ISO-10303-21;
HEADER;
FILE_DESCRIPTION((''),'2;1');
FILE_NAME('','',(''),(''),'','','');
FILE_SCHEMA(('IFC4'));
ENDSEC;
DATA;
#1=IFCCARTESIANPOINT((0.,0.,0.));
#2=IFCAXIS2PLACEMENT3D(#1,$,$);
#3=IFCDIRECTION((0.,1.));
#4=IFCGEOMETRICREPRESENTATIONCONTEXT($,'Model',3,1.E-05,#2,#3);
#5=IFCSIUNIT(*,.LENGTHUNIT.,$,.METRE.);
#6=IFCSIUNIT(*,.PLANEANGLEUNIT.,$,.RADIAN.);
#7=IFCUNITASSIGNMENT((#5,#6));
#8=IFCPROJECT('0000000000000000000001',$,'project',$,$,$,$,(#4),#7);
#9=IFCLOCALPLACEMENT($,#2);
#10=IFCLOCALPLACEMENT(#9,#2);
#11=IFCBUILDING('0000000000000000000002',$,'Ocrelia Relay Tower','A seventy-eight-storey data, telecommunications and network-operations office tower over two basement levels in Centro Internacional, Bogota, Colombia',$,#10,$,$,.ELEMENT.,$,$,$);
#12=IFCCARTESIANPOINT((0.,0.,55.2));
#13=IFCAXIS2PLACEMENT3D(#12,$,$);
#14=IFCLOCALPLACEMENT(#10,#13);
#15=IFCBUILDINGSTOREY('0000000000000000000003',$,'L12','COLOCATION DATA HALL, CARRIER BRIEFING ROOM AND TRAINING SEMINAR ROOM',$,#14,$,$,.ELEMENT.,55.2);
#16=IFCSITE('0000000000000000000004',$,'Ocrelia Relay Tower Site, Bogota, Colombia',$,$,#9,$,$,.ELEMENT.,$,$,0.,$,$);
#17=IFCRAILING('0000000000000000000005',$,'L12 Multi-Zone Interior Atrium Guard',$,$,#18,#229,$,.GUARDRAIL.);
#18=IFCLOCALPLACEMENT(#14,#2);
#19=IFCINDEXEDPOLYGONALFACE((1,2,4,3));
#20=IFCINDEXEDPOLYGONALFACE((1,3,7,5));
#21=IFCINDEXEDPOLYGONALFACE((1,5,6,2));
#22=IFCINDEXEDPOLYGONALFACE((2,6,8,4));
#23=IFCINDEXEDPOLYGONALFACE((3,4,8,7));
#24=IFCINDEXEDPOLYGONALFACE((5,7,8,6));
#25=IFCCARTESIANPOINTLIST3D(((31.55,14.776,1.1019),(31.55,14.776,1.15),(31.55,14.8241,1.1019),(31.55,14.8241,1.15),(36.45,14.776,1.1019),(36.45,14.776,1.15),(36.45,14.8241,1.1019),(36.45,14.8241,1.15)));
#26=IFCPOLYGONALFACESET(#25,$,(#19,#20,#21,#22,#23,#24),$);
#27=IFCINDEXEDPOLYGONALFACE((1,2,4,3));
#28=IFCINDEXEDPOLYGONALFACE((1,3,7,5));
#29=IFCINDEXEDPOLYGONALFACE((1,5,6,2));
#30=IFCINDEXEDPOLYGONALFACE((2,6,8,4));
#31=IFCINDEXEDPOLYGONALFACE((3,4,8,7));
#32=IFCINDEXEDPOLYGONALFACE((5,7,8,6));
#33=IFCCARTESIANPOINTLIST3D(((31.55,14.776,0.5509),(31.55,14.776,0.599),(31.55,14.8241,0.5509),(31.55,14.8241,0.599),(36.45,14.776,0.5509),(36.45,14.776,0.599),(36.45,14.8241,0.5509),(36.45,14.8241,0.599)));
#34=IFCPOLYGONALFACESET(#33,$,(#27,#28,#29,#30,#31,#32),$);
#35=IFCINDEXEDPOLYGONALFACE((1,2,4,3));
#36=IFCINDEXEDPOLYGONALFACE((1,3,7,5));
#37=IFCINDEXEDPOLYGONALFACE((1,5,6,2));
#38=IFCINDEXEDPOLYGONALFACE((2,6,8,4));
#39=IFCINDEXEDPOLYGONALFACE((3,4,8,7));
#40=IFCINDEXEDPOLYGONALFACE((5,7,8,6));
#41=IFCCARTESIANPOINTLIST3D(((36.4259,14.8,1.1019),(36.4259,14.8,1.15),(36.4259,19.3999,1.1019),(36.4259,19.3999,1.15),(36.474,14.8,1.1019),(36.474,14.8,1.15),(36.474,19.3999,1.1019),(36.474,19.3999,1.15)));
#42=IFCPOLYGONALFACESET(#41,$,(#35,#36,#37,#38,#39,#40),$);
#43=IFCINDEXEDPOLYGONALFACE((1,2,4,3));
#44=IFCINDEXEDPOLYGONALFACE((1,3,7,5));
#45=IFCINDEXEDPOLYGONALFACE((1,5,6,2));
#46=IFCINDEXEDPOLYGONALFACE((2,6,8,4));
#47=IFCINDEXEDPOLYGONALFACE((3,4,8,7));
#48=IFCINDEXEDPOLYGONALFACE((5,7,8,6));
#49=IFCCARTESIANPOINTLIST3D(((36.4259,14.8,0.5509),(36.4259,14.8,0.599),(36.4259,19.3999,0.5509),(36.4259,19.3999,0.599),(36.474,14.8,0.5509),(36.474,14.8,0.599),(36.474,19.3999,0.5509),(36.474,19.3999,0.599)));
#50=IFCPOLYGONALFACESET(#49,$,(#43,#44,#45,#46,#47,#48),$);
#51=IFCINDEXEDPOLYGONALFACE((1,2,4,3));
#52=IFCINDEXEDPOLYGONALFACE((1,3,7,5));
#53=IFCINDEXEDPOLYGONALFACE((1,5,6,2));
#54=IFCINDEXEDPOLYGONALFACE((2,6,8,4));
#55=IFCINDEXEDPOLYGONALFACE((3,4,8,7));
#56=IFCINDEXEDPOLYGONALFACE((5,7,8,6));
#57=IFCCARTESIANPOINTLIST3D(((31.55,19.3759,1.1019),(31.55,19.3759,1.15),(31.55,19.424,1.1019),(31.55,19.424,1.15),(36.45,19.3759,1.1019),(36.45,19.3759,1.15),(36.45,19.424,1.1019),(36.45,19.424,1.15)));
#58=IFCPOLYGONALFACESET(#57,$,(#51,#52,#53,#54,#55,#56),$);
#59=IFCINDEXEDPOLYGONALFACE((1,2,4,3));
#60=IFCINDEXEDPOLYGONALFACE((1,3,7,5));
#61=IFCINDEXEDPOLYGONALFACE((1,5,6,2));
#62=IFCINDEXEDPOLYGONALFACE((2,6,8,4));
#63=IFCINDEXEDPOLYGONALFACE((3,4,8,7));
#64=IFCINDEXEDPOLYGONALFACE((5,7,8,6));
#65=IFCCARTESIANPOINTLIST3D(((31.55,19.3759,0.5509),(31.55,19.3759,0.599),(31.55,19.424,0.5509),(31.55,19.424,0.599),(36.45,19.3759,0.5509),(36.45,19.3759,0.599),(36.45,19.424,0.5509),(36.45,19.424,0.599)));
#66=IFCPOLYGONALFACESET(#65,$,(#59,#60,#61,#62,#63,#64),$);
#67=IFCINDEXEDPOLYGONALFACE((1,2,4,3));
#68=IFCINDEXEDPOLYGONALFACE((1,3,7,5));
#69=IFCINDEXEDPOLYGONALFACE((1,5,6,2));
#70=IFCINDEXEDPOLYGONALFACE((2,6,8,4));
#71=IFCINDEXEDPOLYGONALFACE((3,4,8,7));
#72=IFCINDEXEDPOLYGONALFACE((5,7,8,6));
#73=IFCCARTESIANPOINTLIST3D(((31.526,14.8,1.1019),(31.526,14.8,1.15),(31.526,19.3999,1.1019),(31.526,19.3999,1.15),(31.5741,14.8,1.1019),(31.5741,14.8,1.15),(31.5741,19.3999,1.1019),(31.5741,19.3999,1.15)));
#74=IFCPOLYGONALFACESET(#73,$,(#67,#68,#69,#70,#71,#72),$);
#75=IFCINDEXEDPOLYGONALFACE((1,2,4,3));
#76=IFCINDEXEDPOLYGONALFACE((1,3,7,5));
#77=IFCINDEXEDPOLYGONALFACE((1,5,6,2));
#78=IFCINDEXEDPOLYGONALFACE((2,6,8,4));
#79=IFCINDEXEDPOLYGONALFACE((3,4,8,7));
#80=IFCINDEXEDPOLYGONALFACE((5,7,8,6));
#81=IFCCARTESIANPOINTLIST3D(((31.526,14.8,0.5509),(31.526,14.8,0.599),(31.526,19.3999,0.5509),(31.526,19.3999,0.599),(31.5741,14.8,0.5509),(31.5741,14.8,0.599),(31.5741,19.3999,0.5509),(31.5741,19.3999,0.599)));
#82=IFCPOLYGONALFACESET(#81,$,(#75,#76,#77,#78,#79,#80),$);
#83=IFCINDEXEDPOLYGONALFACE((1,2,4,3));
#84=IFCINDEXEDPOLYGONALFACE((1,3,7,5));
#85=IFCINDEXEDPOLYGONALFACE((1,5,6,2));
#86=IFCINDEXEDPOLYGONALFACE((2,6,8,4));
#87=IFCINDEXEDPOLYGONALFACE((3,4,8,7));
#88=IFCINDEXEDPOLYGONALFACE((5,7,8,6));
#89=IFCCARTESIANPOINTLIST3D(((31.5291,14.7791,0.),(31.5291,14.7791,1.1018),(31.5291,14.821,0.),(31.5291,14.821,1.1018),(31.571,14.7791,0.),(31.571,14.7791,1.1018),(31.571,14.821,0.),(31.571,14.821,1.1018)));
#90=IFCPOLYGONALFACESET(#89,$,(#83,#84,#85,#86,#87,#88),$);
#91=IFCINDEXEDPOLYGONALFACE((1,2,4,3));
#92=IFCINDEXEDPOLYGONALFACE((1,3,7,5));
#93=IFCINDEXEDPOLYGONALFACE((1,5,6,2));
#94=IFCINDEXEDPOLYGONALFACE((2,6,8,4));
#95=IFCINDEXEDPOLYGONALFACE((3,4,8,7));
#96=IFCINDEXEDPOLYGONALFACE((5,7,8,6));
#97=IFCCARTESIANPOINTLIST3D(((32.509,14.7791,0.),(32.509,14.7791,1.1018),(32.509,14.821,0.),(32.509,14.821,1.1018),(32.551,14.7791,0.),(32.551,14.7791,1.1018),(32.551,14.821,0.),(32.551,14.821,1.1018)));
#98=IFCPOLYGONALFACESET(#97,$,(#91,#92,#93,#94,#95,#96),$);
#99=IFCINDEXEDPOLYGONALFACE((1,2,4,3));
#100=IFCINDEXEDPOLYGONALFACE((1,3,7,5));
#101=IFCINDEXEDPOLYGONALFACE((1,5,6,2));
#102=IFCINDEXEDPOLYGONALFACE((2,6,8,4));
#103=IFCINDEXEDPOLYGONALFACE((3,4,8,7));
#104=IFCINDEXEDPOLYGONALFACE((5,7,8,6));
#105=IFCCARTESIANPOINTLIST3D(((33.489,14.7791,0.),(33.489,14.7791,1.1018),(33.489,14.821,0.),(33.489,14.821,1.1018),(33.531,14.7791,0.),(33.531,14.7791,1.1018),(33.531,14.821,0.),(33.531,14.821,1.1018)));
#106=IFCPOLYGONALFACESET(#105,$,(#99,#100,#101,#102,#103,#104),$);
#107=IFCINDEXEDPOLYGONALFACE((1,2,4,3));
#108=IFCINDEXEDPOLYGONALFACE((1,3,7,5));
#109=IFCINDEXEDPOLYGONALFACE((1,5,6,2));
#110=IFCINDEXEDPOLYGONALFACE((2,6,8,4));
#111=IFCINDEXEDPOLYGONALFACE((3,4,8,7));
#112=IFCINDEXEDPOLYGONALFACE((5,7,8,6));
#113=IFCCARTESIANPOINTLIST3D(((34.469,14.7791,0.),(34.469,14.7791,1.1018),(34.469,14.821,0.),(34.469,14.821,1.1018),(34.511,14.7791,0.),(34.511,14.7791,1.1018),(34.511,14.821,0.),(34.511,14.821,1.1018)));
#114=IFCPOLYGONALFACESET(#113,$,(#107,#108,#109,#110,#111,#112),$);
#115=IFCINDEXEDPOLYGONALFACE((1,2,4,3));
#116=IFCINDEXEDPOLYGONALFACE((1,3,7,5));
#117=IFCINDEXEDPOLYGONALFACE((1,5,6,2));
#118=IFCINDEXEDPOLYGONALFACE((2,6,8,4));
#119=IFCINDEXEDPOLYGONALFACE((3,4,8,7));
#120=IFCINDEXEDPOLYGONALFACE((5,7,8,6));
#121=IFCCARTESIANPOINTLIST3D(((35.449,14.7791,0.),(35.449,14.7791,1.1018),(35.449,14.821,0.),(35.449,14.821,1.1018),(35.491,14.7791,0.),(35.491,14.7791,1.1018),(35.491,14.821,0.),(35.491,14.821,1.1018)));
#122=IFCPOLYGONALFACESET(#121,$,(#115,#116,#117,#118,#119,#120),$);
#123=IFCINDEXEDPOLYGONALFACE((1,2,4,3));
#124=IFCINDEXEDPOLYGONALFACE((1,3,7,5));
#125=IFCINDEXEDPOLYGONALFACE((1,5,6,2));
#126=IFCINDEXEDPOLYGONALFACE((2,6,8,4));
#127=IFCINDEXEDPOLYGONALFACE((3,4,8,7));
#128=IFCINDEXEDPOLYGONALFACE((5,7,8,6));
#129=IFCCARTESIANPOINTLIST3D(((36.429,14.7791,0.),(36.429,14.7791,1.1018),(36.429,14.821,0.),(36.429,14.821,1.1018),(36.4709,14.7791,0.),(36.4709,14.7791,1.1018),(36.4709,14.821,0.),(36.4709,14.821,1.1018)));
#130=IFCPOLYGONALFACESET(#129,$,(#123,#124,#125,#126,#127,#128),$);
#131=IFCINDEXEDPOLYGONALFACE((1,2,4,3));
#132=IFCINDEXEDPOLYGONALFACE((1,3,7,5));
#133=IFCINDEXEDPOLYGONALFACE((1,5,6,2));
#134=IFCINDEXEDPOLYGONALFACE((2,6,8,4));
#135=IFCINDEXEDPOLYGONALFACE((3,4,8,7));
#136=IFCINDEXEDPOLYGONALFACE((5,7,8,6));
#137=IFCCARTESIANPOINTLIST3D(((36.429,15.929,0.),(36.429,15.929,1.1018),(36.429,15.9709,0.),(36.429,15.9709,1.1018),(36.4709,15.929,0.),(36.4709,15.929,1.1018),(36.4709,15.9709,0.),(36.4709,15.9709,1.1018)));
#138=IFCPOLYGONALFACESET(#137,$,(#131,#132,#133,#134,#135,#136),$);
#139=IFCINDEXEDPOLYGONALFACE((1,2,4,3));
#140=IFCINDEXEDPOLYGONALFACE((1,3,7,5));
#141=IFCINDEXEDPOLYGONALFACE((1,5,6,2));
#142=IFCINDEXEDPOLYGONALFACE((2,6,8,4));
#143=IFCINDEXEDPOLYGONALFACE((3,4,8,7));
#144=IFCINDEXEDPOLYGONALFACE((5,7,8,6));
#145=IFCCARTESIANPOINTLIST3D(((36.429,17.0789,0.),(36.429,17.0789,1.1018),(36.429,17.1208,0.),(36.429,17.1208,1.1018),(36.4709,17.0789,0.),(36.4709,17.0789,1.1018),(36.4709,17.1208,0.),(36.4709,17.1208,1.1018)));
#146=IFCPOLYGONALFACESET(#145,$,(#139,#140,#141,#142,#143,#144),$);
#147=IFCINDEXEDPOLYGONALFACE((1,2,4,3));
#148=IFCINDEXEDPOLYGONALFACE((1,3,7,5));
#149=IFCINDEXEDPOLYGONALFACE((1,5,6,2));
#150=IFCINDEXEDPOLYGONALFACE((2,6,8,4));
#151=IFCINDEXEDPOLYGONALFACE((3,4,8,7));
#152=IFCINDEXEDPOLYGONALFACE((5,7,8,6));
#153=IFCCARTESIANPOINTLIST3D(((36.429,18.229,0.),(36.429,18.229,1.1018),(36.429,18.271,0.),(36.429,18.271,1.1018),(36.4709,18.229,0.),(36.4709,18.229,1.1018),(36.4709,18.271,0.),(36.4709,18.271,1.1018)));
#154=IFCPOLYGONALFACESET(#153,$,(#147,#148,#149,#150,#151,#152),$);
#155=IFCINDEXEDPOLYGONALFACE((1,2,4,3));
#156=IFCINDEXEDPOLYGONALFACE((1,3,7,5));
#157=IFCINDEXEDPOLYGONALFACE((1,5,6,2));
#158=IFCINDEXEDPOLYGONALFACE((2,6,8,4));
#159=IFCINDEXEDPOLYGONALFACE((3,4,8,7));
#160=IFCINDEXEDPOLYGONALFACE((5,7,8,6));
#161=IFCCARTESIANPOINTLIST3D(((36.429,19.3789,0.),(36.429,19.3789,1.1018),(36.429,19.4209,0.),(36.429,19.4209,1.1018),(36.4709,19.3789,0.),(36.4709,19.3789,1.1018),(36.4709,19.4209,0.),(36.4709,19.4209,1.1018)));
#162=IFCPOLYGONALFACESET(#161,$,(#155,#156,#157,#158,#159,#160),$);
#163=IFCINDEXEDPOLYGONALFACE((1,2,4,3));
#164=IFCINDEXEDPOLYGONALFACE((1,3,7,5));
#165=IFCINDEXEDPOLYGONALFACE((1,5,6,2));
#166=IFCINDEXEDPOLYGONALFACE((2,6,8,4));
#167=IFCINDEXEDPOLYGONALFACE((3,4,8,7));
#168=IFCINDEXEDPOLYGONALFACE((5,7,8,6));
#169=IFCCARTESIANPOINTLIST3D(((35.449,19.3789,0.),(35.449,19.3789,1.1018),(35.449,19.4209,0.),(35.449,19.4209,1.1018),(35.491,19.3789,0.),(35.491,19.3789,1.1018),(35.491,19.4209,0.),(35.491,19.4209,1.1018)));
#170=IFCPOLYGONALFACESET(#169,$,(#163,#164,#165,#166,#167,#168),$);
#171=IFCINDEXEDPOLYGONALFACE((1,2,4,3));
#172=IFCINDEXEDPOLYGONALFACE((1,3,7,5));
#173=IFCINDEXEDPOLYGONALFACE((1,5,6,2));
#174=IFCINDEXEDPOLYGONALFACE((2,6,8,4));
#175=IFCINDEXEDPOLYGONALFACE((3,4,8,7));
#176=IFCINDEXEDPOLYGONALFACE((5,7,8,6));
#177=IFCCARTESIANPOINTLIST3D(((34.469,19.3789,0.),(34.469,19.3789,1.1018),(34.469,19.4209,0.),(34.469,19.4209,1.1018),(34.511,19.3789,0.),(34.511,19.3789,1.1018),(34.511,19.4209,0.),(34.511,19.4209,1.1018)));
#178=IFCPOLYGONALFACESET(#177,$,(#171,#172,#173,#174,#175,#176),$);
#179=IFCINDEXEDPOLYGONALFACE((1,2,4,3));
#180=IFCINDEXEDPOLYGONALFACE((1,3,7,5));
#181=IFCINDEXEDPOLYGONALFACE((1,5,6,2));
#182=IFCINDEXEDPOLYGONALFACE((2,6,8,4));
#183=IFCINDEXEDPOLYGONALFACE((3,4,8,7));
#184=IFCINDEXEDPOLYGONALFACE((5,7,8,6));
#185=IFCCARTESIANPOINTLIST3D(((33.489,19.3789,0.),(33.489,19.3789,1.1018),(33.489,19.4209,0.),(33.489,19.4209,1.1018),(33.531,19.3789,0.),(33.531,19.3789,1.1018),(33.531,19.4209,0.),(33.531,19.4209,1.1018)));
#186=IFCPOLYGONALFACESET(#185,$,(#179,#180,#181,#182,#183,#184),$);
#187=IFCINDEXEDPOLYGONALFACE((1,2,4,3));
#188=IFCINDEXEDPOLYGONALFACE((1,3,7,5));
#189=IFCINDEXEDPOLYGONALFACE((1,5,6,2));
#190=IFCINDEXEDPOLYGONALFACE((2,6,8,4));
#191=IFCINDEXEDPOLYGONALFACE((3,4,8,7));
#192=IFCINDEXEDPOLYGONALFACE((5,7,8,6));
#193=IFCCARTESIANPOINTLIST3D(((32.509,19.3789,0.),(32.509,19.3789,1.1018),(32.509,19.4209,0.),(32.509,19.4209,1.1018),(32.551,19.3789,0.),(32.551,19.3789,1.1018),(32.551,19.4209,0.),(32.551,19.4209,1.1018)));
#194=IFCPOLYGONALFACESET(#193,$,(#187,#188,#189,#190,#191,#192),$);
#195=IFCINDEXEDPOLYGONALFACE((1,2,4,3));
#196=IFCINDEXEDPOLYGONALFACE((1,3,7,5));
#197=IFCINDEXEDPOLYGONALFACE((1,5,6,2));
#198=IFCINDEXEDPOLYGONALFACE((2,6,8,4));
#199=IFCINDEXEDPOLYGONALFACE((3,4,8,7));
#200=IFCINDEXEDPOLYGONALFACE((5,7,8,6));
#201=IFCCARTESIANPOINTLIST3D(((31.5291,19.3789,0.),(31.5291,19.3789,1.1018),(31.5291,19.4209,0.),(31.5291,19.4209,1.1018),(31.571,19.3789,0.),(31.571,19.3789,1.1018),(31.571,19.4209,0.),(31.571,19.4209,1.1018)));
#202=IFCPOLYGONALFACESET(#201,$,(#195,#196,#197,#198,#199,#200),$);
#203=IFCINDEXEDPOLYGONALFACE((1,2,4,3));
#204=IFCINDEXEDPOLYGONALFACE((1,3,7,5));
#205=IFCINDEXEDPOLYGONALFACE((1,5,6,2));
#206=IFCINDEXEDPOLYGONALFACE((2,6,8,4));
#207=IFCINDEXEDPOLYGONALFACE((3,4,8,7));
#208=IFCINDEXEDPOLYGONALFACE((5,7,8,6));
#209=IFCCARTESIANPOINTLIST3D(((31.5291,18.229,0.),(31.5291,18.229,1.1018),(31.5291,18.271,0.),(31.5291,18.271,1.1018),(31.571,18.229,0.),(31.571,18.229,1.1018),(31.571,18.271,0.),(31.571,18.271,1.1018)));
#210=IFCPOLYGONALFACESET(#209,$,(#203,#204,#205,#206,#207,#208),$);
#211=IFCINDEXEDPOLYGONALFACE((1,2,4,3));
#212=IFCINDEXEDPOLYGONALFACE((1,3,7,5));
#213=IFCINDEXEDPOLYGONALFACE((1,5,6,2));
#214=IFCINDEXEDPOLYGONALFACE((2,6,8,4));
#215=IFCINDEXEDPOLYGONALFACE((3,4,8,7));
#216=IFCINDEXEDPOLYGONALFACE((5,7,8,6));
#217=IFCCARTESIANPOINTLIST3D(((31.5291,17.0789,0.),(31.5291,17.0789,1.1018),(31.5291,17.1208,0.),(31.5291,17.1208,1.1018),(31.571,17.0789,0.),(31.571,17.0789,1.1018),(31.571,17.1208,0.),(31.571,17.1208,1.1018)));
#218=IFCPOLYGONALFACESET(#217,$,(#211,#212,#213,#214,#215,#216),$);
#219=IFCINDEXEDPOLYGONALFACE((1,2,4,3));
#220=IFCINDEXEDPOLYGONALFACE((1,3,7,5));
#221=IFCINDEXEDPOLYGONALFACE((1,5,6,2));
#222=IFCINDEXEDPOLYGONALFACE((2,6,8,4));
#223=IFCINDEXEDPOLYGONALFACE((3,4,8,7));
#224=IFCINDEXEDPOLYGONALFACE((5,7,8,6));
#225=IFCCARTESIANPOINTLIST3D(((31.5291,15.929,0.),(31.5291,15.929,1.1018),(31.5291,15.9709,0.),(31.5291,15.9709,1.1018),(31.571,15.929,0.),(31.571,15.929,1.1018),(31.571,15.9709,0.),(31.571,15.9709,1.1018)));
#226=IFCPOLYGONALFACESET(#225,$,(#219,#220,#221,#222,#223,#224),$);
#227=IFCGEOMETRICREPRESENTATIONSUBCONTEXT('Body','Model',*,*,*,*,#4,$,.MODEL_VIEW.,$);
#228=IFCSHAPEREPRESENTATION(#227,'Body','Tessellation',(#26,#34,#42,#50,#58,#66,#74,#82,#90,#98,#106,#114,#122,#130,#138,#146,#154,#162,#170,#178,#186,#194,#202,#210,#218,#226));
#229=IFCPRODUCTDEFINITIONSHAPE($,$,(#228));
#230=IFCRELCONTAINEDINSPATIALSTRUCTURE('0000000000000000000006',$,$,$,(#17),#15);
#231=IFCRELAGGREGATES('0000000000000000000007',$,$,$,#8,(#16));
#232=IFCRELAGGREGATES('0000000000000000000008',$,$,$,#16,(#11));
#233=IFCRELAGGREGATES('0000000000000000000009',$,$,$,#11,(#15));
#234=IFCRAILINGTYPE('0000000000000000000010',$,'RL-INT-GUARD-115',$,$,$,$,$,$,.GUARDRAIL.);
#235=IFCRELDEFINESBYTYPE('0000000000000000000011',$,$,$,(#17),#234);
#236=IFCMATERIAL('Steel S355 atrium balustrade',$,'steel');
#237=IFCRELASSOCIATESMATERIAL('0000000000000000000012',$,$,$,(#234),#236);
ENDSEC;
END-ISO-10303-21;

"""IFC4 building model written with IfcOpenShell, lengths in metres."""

from ifc_helpers import new_model, si_unit, direction, frame, origin, origin_2d, place, context, subcontext, project, spatial, rectangle, extrude, material, type_object, element, save


model = new_model("IFC4")

# Units and contexts
model_context = context("Model", 3, precision=1e-05, world=origin(), true_north=direction((0.0, 1.0)))
body_context = subcontext(model_context, "Body", "Model", "MODEL_VIEW")
ifc_project = project(units=[si_unit("LENGTHUNIT", "METRE"), si_unit("PLANEANGLEUNIT", "RADIAN")], contexts=[model_context])

# Site, building, storey
site_placement = place(None, origin())
site = spatial("IfcSite", under=ifc_project, at=site_placement, Name="Ocrelia Relay Tower Site, Bogota, Colombia", CompositionType="ELEMENT", RefElevation=0.0)
building_placement = place(site_placement, origin())
building = spatial("IfcBuilding", under=site, at=building_placement, Name="Ocrelia Relay Tower", Description="A seventy-eight-storey data, telecommunications and network-operations office tower over two basement levels in Centro Internacional, Bogota, Colombia", CompositionType="ELEMENT")
storey_placement = place(building_placement, frame((0.0, 0.0, 55.2)))
storey = spatial("IfcBuildingStorey", under=building, at=storey_placement, Name="L12", Description="COLOCATION DATA HALL, CARRIER BRIEFING ROOM AND TRAINING SEMINAR ROOM", CompositionType="ELEMENT", Elevation=55.2)

# Railing
ifc_material_1 = material(Name="Steel S355 atrium balustrade", Category="steel")
railing_type_1 = type_object("IfcRailingType", Name="RL-INT-GUARD-115", PredefinedType="GUARDRAIL", material=ifc_material_1)
railing_1_placement = place(storey_placement, frame((31.55, 14.8, 0.0)))
element("IfcRailing", 1, at=railing_1_placement, inside=storey, type_object=railing_type_1, Name="L12 Multi-Zone Interior Atrium Guard", PredefinedType="GUARDRAIL", context=body_context, shape_type="SweptSolid", body=[
    extrude(rectangle(XDim=0.0481, YDim=0.0481, at=origin_2d()), frame((0.0, 0.0, 1.126), z_axis=(1.0, 0.0, 0.0), x_axis=(0.0, 1.0, 0.0)), (0.0, 0.0, 1.0), 4.8999),
    extrude(rectangle(XDim=0.0481, YDim=0.0481, at=origin_2d()), frame((0.0, 0.0, 0.575), z_axis=(1.0, 0.0, 0.0), x_axis=(0.0, 1.0, 0.0)), (0.0, 0.0, 1.0), 4.8999),
    extrude(rectangle(XDim=0.0481, YDim=0.0481, at=origin_2d()), frame((4.8999, 0.0, 1.126), z_axis=(0.0, 1.0, 0.0), x_axis=(-1.0, 0.0, 0.0)), (0.0, 0.0, 1.0), 4.5999),
    extrude(rectangle(XDim=0.0481, YDim=0.0481, at=origin_2d()), frame((4.8999, 0.0, 0.575), z_axis=(0.0, 1.0, 0.0), x_axis=(-1.0, 0.0, 0.0)), (0.0, 0.0, 1.0), 4.5999),
    extrude(rectangle(XDim=0.0481, YDim=0.0481, at=origin_2d()), frame((4.8999, 4.5999, 1.126), z_axis=(-1.0, 0.0, 0.0), x_axis=(0.0, -1.0, 0.0)), (0.0, 0.0, 1.0), 4.8999),
    extrude(rectangle(XDim=0.0481, YDim=0.0481, at=origin_2d()), frame((4.8999, 4.5999, 0.575), z_axis=(-1.0, 0.0, 0.0), x_axis=(0.0, -1.0, 0.0)), (0.0, 0.0, 1.0), 4.8999),
    extrude(rectangle(XDim=0.0481, YDim=0.0481, at=origin_2d()), frame((0.0, 4.5999, 1.126), z_axis=(0.0, -1.0, 0.0), x_axis=(1.0, 0.0, 0.0)), (0.0, 0.0, 1.0), 4.5999),
    extrude(rectangle(XDim=0.0481, YDim=0.0481, at=origin_2d()), frame((0.0, 4.5999, 0.575), z_axis=(0.0, -1.0, 0.0), x_axis=(1.0, 0.0, 0.0)), (0.0, 0.0, 1.0), 4.5999),
    extrude(rectangle(XDim=0.042, YDim=0.042, at=origin_2d()), origin(), (0.0, 0.0, 1.0), 1.1018),
    extrude(rectangle(XDim=0.042, YDim=0.042, at=origin_2d()), frame((0.98, 0.0, 0.0)), (0.0, 0.0, 1.0), 1.1018),
    extrude(rectangle(XDim=0.042, YDim=0.042, at=origin_2d()), frame((1.96, 0.0, 0.0)), (0.0, 0.0, 1.0), 1.1018),
    extrude(rectangle(XDim=0.042, YDim=0.042, at=origin_2d()), frame((2.9399, 0.0, 0.0)), (0.0, 0.0, 1.0), 1.1018),
    extrude(rectangle(XDim=0.042, YDim=0.042, at=origin_2d()), frame((3.9199, 0.0, 0.0)), (0.0, 0.0, 1.0), 1.1018),
    extrude(rectangle(XDim=0.042, YDim=0.042, at=origin_2d()), frame((4.8999, 0.0, 0.0)), (0.0, 0.0, 1.0), 1.1018),
    extrude(rectangle(XDim=0.042, YDim=0.042, at=origin_2d()), frame((4.8999, 1.1499, 0.0)), (0.0, 0.0, 1.0), 1.1018),
    extrude(rectangle(XDim=0.042, YDim=0.042, at=origin_2d()), frame((4.8999, 2.2998, 0.0)), (0.0, 0.0, 1.0), 1.1018),
    extrude(rectangle(XDim=0.042, YDim=0.042, at=origin_2d()), frame((4.8999, 3.45, 0.0)), (0.0, 0.0, 1.0), 1.1018),
    extrude(rectangle(XDim=0.042, YDim=0.042, at=origin_2d()), frame((4.8999, 4.5999, 0.0)), (0.0, 0.0, 1.0), 1.1018),
    extrude(rectangle(XDim=0.042, YDim=0.042, at=origin_2d()), frame((3.9199, 4.5999, 0.0)), (0.0, 0.0, 1.0), 1.1018),
    extrude(rectangle(XDim=0.042, YDim=0.042, at=origin_2d()), frame((2.9399, 4.5999, 0.0)), (0.0, 0.0, 1.0), 1.1018),
    extrude(rectangle(XDim=0.042, YDim=0.042, at=origin_2d()), frame((1.96, 4.5999, 0.0)), (0.0, 0.0, 1.0), 1.1018),
    extrude(rectangle(XDim=0.042, YDim=0.042, at=origin_2d()), frame((0.98, 4.5999, 0.0)), (0.0, 0.0, 1.0), 1.1018),
    extrude(rectangle(XDim=0.042, YDim=0.042, at=origin_2d()), frame((0.0, 4.5999, 0.0)), (0.0, 0.0, 1.0), 1.1018),
    extrude(rectangle(XDim=0.042, YDim=0.042, at=origin_2d()), frame((0.0, 3.45, 0.0)), (0.0, 0.0, 1.0), 1.1018),
    extrude(rectangle(XDim=0.042, YDim=0.042, at=origin_2d()), frame((0.0, 2.2998, 0.0)), (0.0, 0.0, 1.0), 1.1018),
    extrude(rectangle(XDim=0.042, YDim=0.042, at=origin_2d()), frame((0.0, 1.1499, 0.0)), (0.0, 0.0, 1.0), 1.1018),
])

save(model, "model.ifc")
